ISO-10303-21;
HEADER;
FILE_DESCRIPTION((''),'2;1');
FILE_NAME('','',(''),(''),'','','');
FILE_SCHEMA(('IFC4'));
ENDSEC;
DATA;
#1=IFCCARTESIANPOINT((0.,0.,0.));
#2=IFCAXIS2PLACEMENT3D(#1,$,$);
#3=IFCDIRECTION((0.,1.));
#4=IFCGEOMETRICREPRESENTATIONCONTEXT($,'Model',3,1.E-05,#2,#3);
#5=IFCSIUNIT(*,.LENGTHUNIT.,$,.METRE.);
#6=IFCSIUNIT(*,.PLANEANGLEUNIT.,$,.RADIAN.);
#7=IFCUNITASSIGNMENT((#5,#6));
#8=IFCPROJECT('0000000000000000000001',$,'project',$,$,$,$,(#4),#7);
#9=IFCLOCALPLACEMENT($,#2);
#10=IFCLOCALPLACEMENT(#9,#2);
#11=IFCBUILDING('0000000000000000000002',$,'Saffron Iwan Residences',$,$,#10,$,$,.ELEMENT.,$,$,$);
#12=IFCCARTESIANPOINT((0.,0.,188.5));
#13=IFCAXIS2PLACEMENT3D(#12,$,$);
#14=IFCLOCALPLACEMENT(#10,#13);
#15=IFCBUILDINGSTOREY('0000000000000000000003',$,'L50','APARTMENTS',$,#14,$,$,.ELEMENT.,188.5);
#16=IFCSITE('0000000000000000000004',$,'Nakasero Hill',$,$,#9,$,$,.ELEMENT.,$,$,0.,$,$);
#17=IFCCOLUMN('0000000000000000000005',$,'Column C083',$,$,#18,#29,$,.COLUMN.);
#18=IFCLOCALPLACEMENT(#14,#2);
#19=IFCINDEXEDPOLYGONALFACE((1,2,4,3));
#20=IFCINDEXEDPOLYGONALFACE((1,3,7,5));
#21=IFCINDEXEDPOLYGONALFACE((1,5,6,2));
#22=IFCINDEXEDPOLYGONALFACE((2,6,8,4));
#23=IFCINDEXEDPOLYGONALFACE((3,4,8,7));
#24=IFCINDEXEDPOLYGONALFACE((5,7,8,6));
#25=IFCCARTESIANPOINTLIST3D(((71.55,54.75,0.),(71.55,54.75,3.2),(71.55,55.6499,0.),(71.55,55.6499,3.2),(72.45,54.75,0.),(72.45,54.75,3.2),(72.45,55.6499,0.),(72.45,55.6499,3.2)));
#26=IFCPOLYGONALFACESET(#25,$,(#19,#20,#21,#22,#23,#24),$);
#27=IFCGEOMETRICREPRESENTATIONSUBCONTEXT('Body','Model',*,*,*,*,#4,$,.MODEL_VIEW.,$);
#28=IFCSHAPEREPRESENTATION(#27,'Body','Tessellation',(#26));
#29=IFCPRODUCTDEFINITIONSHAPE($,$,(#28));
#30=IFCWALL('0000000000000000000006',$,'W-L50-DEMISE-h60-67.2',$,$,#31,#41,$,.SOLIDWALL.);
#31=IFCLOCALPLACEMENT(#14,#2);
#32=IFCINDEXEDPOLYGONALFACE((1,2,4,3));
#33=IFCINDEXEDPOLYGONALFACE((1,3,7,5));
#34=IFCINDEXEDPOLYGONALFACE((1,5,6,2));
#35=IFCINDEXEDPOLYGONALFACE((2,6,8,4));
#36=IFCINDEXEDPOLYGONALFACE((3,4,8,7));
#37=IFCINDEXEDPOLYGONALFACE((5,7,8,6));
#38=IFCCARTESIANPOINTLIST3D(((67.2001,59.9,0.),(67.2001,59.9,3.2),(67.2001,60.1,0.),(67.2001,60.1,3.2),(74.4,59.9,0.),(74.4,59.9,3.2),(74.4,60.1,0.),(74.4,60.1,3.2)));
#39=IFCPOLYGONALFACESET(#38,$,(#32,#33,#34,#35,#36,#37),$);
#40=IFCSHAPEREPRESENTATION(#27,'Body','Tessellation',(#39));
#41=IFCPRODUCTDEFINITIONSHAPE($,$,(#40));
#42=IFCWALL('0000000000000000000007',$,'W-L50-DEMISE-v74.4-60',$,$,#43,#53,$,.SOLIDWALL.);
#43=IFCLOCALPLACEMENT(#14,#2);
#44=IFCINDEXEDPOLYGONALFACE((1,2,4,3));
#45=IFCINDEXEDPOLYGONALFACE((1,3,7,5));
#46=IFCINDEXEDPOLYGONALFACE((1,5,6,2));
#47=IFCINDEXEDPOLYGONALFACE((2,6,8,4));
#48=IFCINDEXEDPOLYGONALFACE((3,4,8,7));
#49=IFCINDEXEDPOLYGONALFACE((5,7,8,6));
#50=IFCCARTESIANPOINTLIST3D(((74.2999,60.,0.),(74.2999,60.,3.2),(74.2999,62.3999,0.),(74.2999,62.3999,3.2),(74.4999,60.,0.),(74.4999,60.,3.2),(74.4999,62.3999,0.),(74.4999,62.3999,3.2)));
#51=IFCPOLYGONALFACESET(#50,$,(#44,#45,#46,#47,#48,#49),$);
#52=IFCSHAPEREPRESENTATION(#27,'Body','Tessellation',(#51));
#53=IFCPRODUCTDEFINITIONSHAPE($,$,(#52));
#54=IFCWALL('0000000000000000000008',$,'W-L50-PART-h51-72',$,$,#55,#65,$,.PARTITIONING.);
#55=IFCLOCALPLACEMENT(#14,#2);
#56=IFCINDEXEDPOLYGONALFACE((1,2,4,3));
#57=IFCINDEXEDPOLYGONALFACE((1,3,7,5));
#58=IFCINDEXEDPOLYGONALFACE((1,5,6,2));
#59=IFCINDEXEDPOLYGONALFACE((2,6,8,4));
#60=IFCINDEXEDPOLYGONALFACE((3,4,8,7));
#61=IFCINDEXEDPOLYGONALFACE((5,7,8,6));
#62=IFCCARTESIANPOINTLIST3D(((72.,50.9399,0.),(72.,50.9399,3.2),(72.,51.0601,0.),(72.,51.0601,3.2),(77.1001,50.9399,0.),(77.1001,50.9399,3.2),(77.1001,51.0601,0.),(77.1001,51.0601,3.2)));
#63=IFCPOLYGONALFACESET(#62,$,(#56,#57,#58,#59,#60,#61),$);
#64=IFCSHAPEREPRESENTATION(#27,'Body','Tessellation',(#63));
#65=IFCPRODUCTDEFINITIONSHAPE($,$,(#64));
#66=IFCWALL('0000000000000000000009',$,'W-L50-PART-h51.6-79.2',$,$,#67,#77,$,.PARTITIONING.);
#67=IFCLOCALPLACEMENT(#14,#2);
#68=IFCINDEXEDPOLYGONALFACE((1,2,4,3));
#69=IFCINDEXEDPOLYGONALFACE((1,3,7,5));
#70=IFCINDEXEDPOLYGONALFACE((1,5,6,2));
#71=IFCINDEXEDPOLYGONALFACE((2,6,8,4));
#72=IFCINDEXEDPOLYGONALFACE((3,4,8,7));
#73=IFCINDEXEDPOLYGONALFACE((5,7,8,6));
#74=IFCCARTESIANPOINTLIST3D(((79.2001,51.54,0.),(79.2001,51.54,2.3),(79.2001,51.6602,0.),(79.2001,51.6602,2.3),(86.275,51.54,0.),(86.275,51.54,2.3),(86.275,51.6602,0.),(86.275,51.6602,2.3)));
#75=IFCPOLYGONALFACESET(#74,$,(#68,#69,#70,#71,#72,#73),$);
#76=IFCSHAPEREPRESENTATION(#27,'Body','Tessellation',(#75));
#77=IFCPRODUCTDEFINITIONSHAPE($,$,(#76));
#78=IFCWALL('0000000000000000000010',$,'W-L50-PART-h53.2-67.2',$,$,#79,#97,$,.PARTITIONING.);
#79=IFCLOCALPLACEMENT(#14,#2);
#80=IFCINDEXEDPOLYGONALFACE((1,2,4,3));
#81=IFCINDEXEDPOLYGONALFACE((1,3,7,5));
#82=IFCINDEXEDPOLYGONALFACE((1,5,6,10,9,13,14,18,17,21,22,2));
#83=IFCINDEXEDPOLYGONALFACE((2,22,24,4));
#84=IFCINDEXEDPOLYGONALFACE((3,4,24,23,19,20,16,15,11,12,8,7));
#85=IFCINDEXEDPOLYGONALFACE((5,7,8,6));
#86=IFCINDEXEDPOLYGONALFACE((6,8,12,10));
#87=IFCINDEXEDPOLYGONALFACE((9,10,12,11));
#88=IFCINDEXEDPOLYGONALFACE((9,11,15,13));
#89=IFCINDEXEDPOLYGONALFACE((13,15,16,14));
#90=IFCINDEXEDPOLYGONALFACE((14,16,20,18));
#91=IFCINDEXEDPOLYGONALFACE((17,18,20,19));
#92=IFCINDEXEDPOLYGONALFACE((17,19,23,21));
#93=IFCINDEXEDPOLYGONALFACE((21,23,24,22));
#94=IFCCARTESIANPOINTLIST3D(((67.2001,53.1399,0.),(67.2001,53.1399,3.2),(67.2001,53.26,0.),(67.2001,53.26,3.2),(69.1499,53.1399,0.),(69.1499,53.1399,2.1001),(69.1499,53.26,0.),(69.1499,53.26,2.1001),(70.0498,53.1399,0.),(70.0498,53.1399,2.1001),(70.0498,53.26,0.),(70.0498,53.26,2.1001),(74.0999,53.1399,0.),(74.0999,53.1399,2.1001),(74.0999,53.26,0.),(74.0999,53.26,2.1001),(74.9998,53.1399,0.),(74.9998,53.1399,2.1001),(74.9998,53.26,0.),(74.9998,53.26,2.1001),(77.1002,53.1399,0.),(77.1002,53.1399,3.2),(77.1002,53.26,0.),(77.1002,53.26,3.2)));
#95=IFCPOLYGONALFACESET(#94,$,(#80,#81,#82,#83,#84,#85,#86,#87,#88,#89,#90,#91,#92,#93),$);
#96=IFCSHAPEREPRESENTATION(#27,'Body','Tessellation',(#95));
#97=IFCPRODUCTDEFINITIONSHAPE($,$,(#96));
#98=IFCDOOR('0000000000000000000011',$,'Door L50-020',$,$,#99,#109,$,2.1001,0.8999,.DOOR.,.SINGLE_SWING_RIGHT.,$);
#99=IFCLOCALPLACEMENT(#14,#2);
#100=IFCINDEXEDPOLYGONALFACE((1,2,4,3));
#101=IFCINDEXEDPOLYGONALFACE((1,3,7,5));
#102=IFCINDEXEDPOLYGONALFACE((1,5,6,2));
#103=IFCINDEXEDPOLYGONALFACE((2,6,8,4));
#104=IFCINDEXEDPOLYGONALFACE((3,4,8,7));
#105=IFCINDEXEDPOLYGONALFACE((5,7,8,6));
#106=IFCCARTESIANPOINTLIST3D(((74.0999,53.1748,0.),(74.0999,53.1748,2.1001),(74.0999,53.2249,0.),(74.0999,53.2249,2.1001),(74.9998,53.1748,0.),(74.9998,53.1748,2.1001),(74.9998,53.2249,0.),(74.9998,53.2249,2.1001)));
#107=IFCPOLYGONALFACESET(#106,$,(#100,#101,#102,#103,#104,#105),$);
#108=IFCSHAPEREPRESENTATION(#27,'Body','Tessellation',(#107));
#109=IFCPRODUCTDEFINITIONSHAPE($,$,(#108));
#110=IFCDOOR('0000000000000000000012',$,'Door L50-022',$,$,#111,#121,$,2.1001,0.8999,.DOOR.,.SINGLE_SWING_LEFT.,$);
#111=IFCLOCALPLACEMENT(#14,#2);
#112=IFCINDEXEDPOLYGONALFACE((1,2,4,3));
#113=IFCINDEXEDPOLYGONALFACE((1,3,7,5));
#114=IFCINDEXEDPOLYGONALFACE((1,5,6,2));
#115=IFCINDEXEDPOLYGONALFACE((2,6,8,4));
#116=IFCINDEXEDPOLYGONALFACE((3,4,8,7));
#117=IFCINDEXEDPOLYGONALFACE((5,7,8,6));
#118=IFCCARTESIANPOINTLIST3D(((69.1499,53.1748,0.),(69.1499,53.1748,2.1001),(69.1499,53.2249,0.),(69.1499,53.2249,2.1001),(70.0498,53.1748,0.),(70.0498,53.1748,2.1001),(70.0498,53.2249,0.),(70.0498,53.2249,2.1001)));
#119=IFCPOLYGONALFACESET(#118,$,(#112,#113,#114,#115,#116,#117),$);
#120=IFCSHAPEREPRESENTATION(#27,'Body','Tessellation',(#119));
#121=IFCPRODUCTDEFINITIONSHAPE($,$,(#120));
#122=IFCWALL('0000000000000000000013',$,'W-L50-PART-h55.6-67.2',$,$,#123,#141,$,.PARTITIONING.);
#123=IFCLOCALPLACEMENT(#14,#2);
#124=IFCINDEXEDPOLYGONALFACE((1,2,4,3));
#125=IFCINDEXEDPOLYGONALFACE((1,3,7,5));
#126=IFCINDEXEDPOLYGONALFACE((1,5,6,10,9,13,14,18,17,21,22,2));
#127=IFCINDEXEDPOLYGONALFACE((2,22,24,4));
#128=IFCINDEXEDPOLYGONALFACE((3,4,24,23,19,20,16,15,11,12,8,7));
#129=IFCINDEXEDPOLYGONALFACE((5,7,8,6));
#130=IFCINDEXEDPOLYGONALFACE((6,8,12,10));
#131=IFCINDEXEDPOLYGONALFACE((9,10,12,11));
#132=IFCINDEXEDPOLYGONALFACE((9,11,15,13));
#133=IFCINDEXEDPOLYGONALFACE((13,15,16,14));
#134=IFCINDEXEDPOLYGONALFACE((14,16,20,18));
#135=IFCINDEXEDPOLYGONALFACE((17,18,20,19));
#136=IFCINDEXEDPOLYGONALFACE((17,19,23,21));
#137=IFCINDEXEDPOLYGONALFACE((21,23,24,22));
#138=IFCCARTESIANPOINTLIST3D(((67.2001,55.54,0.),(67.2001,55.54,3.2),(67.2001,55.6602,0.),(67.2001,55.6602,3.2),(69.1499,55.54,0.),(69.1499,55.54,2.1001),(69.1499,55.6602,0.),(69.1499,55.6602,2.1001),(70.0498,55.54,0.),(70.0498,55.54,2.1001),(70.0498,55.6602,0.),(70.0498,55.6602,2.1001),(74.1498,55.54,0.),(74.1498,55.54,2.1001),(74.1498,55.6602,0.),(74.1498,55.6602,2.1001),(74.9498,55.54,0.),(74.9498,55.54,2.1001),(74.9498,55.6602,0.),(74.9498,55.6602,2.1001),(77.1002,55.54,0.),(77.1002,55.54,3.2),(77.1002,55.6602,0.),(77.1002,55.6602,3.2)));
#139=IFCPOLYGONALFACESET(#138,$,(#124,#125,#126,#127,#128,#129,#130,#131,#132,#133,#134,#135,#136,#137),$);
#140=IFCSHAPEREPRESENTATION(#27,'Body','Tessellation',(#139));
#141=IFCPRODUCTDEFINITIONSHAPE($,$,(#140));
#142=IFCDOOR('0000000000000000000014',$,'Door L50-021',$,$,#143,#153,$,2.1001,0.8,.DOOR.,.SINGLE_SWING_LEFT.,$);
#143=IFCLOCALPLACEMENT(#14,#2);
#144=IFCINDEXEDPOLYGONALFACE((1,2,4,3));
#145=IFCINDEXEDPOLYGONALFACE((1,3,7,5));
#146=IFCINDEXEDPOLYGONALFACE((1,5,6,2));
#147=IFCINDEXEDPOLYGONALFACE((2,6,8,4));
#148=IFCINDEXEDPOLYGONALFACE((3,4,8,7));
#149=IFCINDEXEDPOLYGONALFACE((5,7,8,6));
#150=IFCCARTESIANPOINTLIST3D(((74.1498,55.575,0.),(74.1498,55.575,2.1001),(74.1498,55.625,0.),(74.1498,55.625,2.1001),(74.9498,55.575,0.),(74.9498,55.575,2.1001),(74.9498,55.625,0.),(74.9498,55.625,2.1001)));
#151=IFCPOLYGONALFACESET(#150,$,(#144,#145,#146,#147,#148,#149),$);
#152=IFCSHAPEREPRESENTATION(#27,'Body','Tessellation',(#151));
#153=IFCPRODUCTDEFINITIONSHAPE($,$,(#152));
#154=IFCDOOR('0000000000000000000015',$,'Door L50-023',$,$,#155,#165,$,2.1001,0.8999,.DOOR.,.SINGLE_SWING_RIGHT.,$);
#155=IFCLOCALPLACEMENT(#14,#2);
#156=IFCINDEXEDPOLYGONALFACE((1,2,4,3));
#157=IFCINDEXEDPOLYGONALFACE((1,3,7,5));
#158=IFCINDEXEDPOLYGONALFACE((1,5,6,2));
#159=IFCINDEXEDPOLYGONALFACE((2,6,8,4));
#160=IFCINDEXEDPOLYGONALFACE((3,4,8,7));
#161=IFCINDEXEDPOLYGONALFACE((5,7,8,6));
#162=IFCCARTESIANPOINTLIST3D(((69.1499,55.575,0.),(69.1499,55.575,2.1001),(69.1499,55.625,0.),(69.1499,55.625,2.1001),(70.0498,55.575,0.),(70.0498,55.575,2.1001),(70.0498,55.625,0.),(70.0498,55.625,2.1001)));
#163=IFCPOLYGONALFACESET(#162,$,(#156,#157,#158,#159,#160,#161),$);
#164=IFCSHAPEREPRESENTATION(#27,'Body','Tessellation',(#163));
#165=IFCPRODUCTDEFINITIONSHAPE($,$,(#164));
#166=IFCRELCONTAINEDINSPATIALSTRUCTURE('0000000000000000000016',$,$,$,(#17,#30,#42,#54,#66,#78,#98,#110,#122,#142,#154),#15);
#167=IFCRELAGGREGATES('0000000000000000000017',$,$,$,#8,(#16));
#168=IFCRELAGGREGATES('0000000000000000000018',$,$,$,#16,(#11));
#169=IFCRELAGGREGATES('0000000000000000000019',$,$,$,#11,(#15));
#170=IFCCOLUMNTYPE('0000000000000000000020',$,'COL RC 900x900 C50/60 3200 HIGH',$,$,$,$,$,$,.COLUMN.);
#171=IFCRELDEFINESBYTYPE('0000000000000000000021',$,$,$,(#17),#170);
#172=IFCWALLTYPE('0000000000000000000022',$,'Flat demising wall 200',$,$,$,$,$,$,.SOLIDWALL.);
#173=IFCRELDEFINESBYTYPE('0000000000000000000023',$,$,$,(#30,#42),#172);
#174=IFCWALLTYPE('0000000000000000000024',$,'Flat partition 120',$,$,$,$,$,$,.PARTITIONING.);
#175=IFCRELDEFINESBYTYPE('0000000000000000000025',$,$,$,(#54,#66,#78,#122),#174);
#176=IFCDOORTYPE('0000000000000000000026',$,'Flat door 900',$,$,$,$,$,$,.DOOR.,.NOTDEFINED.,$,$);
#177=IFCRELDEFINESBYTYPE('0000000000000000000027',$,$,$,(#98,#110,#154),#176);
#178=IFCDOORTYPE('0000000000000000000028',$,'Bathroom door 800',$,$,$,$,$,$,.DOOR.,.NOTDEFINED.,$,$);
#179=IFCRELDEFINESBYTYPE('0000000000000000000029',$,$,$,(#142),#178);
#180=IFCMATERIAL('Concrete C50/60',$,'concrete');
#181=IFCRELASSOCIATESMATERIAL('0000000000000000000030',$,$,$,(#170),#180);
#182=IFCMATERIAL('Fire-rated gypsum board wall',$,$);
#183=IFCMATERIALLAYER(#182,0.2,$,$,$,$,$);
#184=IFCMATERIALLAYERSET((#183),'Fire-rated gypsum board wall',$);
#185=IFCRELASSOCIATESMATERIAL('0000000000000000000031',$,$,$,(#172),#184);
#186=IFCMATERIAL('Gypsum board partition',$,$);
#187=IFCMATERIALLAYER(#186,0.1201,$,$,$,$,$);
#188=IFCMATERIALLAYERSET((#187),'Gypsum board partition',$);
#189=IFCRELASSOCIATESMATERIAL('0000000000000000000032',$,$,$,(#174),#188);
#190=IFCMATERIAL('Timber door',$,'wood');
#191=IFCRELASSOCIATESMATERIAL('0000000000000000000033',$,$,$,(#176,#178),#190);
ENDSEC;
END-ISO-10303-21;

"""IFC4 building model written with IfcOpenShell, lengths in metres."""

from ifc_helpers import new_model, si_unit, direction, frame, frame_2d, origin, origin_2d, place, context, subcontext, project, spatial, rectangle, extrude, source, transform, mapped, material, layer, layer_set, material_profile, profile_set, type_object, element, fill, save


model = new_model("IFC4")

# Units and contexts
model_context = context("Model", 3, precision=1e-05, world=origin(), true_north=direction((0.0, 1.0)))
body_context = subcontext(model_context, "Body", "Model", "MODEL_VIEW")
ifc_project = project(units=[si_unit("LENGTHUNIT", "METRE"), si_unit("PLANEANGLEUNIT", "RADIAN")], contexts=[model_context])

# Site, building, storey
site_placement = place(None, origin())
site = spatial("IfcSite", under=ifc_project, at=site_placement, Name="Nakasero Hill", CompositionType="ELEMENT", RefElevation=0.0)
building_placement = place(site_placement, origin())
building = spatial("IfcBuilding", under=site, at=building_placement, Name="Saffron Iwan Residences", CompositionType="ELEMENT")
storey_placement = place(building_placement, frame((0.0, 0.0, 188.5)))
storey = spatial("IfcBuildingStorey", under=building, at=storey_placement, Name="L50", Description="APARTMENTS", CompositionType="ELEMENT", Elevation=188.5)

# Column
ifc_material_1 = material(Name="Concrete C50/60", Category="concrete")
ifc_material_profile = material_profile(ifc_material_1, rectangle(XDim=0.8999, YDim=0.8999, at=origin_2d()), Name="RC 900x900")
ifc_profile_set = profile_set([ifc_material_profile], Name="Concrete C50/60")
column_type = type_object("IfcColumnType", Name="COL RC 900x900 C50/60 3200 HIGH", PredefinedType="COLUMN", material=ifc_profile_set)
shared_shape = source(origin(), body_context, "Body", "SweptSolid", [
    extrude(rectangle(XDim=0.8999, YDim=0.8999, at=origin_2d()), origin(), (0.0, 0.0, 1.0), 3.2),
])
column_placement = place(storey_placement, frame((72.0, 55.2, 0.0), z_axis=(0.0, 0.0, 1.0), x_axis=(1.0, 0.0, 0.0)))
element("IfcColumn", 1, at=column_placement, inside=storey, type_object=column_type, Name="Column C083", PredefinedType="COLUMN", context=body_context, shape_type="MappedRepresentation", body=[
    mapped(shared_shape, transform((0.0, 0.0, 0.0))),
])

# Walls
ifc_material_2 = material(Name="Fire-rated gypsum board wall")
ifc_layer_1 = layer(ifc_material_2, 0.2)
ifc_layer_set_1 = layer_set([ifc_layer_1], Name="Fire-rated gypsum board wall")
wall_type_1 = type_object("IfcWallType", Name="Flat demising wall 200", PredefinedType="SOLIDWALL", material=ifc_layer_set_1)
wall_1_placement = place(storey_placement, frame((67.2, 60.0, 0.0), z_axis=(0.0, 0.0, 1.0), x_axis=(1.0, 0.0, 0.0)))
element("IfcWall", 2, at=wall_1_placement, inside=storey, type_object=wall_type_1, Name="W-L50-DEMISE-h60-67.2", PredefinedType="SOLIDWALL", context=body_context, shape_type="SweptSolid", body=[
    extrude(rectangle(XDim=7.2, YDim=0.2, at=frame_2d((3.6001, 0.0))), origin(), (0.0, 0.0, 1.0), 3.2),
])
wall_2_placement = place(storey_placement, frame((74.3999, 60.0, 0.0), z_axis=(0.0, 0.0, 1.0), x_axis=(0.0, 1.0, 0.0)))
element("IfcWall", 3, at=wall_2_placement, inside=storey, type_object=wall_type_1, Name="W-L50-DEMISE-v74.4-60", PredefinedType="SOLIDWALL", context=body_context, shape_type="SweptSolid", body=[
    extrude(rectangle(XDim=2.3999, YDim=0.2, at=frame_2d((1.2, 0.0))), origin(), (0.0, 0.0, 1.0), 3.2),
])
ifc_material_3 = material(Name="Gypsum board partition")
ifc_layer_2 = layer(ifc_material_3, 0.1201)
ifc_layer_set_2 = layer_set([ifc_layer_2], Name="Gypsum board partition")
wall_type_2 = type_object("IfcWallType", Name="Flat partition 120", PredefinedType="PARTITIONING", material=ifc_layer_set_2)
wall_3_placement = place(storey_placement, frame((72.0, 51.0, 0.0), z_axis=(0.0, 0.0, 1.0), x_axis=(1.0, 0.0, 0.0)))
element("IfcWall", 4, at=wall_3_placement, inside=storey, type_object=wall_type_2, Name="W-L50-PART-h51-72", PredefinedType="PARTITIONING", context=body_context, shape_type="SweptSolid", body=[
    extrude(rectangle(XDim=5.1001, YDim=0.1201, at=frame_2d((2.55, 0.0))), origin(), (0.0, 0.0, 1.0), 3.2),
])
wall_4_placement = place(storey_placement, frame((79.2, 51.6001, 0.0), z_axis=(0.0, 0.0, 1.0), x_axis=(1.0, 0.0, 0.0)))
element("IfcWall", 5, at=wall_4_placement, inside=storey, type_object=wall_type_2, Name="W-L50-PART-h51.6-79.2", PredefinedType="PARTITIONING", context=body_context, shape_type="SweptSolid", body=[
    extrude(rectangle(XDim=7.075, YDim=0.1201, at=frame_2d((3.5376, 0.0))), origin(), (0.0, 0.0, 1.0), 2.3),
])

# Walls, openings, doors
wall_5_placement = place(storey_placement, frame((67.2, 53.2, 0.0), z_axis=(0.0, 0.0, 1.0), x_axis=(1.0, 0.0, 0.0)))
wall_5 = element("IfcWall", 6, at=wall_5_placement, inside=storey, type_object=wall_type_2, Name="W-L50-PART-h53.2-67.2", PredefinedType="PARTITIONING", context=body_context, shape_type="SweptSolid", body=[
    extrude(rectangle(XDim=9.9001, YDim=0.1201, at=frame_2d((4.9502, 0.0))), origin(), (0.0, 0.0, 1.0), 3.2),
])
opening_1_placement = place(wall_5_placement, frame((6.8999, 0.0, 0.0)))
opening_1 = element("IfcOpeningElement", 7, at=opening_1_placement, cuts=wall_5, PredefinedType="OPENING", context=body_context, shape_type="SweptSolid", body=[
    extrude(rectangle(XDim=0.8999, YDim=2.1001, at=frame_2d((0.45, 1.05))), frame((0.0, 0.0701, 0.0), z_axis=(0.0, -1.0, 0.0), x_axis=(1.0, 0.0, 0.0)), (0.0, 0.0, 1.0), 0.1401),
])
opening_2_placement = place(wall_5_placement, frame((1.95, 0.0, 0.0)))
opening_2 = element("IfcOpeningElement", 8, at=opening_2_placement, cuts=wall_5, PredefinedType="OPENING", context=body_context, shape_type="SweptSolid", body=[
    extrude(rectangle(XDim=0.8999, YDim=2.1001, at=frame_2d((0.45, 1.05))), frame((0.0, 0.0701, 0.0), z_axis=(0.0, -1.0, 0.0), x_axis=(1.0, 0.0, 0.0)), (0.0, 0.0, 1.0), 0.1401),
])
ifc_material_4 = material(Name="Timber door", Category="wood")
door_type_1 = type_object("IfcDoorType", Name="Flat door 900", OperationType="NOTDEFINED", PredefinedType="DOOR", material=ifc_material_4)
door_1_placement = place(opening_1_placement, origin())
door_1 = element("IfcDoor", 9, at=door_1_placement, inside=storey, type_object=door_type_1, Name="Door L50-020", OperationType="SINGLE_SWING_RIGHT", OverallHeight=2.1001, OverallWidth=0.8999, PredefinedType="DOOR", context=body_context, shape_type="SweptSolid", body=[
    extrude(rectangle(XDim=0.8999, YDim=2.1001, at=frame_2d((0.45, 1.05))), frame((0.0, 0.0249, 0.0), z_axis=(0.0, -1.0, 0.0), x_axis=(1.0, 0.0, 0.0)), (0.0, 0.0, 1.0), 0.05),
])
fill(opening_1, door_1)
door_2_placement = place(opening_2_placement, origin())
door_2 = element("IfcDoor", 10, at=door_2_placement, inside=storey, type_object=door_type_1, Name="Door L50-022", OperationType="SINGLE_SWING_LEFT", OverallHeight=2.1001, OverallWidth=0.8999, PredefinedType="DOOR", context=body_context, shape_type="SweptSolid", body=[
    extrude(rectangle(XDim=0.8999, YDim=2.1001, at=frame_2d((0.45, 1.05))), frame((0.0, 0.0249, 0.0), z_axis=(0.0, -1.0, 0.0), x_axis=(1.0, 0.0, 0.0)), (0.0, 0.0, 1.0), 0.05),
])
fill(opening_2, door_2)
wall_6_placement = place(storey_placement, frame((67.2, 55.6001, 0.0), z_axis=(0.0, 0.0, 1.0), x_axis=(1.0, 0.0, 0.0)))
wall_6 = element("IfcWall", 11, at=wall_6_placement, inside=storey, type_object=wall_type_2, Name="W-L50-PART-h55.6-67.2", PredefinedType="PARTITIONING", context=body_context, shape_type="SweptSolid", body=[
    extrude(rectangle(XDim=9.9001, YDim=0.1201, at=frame_2d((4.9502, 0.0))), origin(), (0.0, 0.0, 1.0), 3.2),
])
opening_3_placement = place(wall_6_placement, frame((6.95, 0.0, 0.0)))
opening_3 = element("IfcOpeningElement", 12, at=opening_3_placement, cuts=wall_6, PredefinedType="OPENING", context=body_context, shape_type="SweptSolid", body=[
    extrude(rectangle(XDim=0.8, YDim=2.1001, at=frame_2d((0.3999, 1.05))), frame((0.0, 0.0701, 0.0), z_axis=(0.0, -1.0, 0.0), x_axis=(1.0, 0.0, 0.0)), (0.0, 0.0, 1.0), 0.1401),
])
opening_4_placement = place(wall_6_placement, frame((1.95, 0.0, 0.0)))
opening_4 = element("IfcOpeningElement", 13, at=opening_4_placement, cuts=wall_6, PredefinedType="OPENING", context=body_context, shape_type="SweptSolid", body=[
    extrude(rectangle(XDim=0.8999, YDim=2.1001, at=frame_2d((0.45, 1.05))), frame((0.0, 0.0701, 0.0), z_axis=(0.0, -1.0, 0.0), x_axis=(1.0, 0.0, 0.0)), (0.0, 0.0, 1.0), 0.1401),
])
door_type_2 = type_object("IfcDoorType", Name="Bathroom door 800", OperationType="NOTDEFINED", PredefinedType="DOOR", material=ifc_material_4)
door_3_placement = place(opening_3_placement, origin())
door_3 = element("IfcDoor", 14, at=door_3_placement, inside=storey, type_object=door_type_2, Name="Door L50-021", OperationType="SINGLE_SWING_LEFT", OverallHeight=2.1001, OverallWidth=0.8, PredefinedType="DOOR", context=body_context, shape_type="SweptSolid", body=[
    extrude(rectangle(XDim=0.8, YDim=2.1001, at=frame_2d((0.3999, 1.05))), frame((0.0, 0.0249, 0.0), z_axis=(0.0, -1.0, 0.0), x_axis=(1.0, 0.0, 0.0)), (0.0, 0.0, 1.0), 0.05),
])
fill(opening_3, door_3)
door_4_placement = place(opening_4_placement, origin())
door_4 = element("IfcDoor", 15, at=door_4_placement, inside=storey, type_object=door_type_1, Name="Door L50-023", OperationType="SINGLE_SWING_RIGHT", OverallHeight=2.1001, OverallWidth=0.8999, PredefinedType="DOOR", context=body_context, shape_type="SweptSolid", body=[
    extrude(rectangle(XDim=0.8999, YDim=2.1001, at=frame_2d((0.45, 1.05))), frame((0.0, 0.0249, 0.0), z_axis=(0.0, -1.0, 0.0), x_axis=(1.0, 0.0, 0.0)), (0.0, 0.0, 1.0), 0.05),
])
fill(opening_4, door_4)

save(model, "model.ifc")
